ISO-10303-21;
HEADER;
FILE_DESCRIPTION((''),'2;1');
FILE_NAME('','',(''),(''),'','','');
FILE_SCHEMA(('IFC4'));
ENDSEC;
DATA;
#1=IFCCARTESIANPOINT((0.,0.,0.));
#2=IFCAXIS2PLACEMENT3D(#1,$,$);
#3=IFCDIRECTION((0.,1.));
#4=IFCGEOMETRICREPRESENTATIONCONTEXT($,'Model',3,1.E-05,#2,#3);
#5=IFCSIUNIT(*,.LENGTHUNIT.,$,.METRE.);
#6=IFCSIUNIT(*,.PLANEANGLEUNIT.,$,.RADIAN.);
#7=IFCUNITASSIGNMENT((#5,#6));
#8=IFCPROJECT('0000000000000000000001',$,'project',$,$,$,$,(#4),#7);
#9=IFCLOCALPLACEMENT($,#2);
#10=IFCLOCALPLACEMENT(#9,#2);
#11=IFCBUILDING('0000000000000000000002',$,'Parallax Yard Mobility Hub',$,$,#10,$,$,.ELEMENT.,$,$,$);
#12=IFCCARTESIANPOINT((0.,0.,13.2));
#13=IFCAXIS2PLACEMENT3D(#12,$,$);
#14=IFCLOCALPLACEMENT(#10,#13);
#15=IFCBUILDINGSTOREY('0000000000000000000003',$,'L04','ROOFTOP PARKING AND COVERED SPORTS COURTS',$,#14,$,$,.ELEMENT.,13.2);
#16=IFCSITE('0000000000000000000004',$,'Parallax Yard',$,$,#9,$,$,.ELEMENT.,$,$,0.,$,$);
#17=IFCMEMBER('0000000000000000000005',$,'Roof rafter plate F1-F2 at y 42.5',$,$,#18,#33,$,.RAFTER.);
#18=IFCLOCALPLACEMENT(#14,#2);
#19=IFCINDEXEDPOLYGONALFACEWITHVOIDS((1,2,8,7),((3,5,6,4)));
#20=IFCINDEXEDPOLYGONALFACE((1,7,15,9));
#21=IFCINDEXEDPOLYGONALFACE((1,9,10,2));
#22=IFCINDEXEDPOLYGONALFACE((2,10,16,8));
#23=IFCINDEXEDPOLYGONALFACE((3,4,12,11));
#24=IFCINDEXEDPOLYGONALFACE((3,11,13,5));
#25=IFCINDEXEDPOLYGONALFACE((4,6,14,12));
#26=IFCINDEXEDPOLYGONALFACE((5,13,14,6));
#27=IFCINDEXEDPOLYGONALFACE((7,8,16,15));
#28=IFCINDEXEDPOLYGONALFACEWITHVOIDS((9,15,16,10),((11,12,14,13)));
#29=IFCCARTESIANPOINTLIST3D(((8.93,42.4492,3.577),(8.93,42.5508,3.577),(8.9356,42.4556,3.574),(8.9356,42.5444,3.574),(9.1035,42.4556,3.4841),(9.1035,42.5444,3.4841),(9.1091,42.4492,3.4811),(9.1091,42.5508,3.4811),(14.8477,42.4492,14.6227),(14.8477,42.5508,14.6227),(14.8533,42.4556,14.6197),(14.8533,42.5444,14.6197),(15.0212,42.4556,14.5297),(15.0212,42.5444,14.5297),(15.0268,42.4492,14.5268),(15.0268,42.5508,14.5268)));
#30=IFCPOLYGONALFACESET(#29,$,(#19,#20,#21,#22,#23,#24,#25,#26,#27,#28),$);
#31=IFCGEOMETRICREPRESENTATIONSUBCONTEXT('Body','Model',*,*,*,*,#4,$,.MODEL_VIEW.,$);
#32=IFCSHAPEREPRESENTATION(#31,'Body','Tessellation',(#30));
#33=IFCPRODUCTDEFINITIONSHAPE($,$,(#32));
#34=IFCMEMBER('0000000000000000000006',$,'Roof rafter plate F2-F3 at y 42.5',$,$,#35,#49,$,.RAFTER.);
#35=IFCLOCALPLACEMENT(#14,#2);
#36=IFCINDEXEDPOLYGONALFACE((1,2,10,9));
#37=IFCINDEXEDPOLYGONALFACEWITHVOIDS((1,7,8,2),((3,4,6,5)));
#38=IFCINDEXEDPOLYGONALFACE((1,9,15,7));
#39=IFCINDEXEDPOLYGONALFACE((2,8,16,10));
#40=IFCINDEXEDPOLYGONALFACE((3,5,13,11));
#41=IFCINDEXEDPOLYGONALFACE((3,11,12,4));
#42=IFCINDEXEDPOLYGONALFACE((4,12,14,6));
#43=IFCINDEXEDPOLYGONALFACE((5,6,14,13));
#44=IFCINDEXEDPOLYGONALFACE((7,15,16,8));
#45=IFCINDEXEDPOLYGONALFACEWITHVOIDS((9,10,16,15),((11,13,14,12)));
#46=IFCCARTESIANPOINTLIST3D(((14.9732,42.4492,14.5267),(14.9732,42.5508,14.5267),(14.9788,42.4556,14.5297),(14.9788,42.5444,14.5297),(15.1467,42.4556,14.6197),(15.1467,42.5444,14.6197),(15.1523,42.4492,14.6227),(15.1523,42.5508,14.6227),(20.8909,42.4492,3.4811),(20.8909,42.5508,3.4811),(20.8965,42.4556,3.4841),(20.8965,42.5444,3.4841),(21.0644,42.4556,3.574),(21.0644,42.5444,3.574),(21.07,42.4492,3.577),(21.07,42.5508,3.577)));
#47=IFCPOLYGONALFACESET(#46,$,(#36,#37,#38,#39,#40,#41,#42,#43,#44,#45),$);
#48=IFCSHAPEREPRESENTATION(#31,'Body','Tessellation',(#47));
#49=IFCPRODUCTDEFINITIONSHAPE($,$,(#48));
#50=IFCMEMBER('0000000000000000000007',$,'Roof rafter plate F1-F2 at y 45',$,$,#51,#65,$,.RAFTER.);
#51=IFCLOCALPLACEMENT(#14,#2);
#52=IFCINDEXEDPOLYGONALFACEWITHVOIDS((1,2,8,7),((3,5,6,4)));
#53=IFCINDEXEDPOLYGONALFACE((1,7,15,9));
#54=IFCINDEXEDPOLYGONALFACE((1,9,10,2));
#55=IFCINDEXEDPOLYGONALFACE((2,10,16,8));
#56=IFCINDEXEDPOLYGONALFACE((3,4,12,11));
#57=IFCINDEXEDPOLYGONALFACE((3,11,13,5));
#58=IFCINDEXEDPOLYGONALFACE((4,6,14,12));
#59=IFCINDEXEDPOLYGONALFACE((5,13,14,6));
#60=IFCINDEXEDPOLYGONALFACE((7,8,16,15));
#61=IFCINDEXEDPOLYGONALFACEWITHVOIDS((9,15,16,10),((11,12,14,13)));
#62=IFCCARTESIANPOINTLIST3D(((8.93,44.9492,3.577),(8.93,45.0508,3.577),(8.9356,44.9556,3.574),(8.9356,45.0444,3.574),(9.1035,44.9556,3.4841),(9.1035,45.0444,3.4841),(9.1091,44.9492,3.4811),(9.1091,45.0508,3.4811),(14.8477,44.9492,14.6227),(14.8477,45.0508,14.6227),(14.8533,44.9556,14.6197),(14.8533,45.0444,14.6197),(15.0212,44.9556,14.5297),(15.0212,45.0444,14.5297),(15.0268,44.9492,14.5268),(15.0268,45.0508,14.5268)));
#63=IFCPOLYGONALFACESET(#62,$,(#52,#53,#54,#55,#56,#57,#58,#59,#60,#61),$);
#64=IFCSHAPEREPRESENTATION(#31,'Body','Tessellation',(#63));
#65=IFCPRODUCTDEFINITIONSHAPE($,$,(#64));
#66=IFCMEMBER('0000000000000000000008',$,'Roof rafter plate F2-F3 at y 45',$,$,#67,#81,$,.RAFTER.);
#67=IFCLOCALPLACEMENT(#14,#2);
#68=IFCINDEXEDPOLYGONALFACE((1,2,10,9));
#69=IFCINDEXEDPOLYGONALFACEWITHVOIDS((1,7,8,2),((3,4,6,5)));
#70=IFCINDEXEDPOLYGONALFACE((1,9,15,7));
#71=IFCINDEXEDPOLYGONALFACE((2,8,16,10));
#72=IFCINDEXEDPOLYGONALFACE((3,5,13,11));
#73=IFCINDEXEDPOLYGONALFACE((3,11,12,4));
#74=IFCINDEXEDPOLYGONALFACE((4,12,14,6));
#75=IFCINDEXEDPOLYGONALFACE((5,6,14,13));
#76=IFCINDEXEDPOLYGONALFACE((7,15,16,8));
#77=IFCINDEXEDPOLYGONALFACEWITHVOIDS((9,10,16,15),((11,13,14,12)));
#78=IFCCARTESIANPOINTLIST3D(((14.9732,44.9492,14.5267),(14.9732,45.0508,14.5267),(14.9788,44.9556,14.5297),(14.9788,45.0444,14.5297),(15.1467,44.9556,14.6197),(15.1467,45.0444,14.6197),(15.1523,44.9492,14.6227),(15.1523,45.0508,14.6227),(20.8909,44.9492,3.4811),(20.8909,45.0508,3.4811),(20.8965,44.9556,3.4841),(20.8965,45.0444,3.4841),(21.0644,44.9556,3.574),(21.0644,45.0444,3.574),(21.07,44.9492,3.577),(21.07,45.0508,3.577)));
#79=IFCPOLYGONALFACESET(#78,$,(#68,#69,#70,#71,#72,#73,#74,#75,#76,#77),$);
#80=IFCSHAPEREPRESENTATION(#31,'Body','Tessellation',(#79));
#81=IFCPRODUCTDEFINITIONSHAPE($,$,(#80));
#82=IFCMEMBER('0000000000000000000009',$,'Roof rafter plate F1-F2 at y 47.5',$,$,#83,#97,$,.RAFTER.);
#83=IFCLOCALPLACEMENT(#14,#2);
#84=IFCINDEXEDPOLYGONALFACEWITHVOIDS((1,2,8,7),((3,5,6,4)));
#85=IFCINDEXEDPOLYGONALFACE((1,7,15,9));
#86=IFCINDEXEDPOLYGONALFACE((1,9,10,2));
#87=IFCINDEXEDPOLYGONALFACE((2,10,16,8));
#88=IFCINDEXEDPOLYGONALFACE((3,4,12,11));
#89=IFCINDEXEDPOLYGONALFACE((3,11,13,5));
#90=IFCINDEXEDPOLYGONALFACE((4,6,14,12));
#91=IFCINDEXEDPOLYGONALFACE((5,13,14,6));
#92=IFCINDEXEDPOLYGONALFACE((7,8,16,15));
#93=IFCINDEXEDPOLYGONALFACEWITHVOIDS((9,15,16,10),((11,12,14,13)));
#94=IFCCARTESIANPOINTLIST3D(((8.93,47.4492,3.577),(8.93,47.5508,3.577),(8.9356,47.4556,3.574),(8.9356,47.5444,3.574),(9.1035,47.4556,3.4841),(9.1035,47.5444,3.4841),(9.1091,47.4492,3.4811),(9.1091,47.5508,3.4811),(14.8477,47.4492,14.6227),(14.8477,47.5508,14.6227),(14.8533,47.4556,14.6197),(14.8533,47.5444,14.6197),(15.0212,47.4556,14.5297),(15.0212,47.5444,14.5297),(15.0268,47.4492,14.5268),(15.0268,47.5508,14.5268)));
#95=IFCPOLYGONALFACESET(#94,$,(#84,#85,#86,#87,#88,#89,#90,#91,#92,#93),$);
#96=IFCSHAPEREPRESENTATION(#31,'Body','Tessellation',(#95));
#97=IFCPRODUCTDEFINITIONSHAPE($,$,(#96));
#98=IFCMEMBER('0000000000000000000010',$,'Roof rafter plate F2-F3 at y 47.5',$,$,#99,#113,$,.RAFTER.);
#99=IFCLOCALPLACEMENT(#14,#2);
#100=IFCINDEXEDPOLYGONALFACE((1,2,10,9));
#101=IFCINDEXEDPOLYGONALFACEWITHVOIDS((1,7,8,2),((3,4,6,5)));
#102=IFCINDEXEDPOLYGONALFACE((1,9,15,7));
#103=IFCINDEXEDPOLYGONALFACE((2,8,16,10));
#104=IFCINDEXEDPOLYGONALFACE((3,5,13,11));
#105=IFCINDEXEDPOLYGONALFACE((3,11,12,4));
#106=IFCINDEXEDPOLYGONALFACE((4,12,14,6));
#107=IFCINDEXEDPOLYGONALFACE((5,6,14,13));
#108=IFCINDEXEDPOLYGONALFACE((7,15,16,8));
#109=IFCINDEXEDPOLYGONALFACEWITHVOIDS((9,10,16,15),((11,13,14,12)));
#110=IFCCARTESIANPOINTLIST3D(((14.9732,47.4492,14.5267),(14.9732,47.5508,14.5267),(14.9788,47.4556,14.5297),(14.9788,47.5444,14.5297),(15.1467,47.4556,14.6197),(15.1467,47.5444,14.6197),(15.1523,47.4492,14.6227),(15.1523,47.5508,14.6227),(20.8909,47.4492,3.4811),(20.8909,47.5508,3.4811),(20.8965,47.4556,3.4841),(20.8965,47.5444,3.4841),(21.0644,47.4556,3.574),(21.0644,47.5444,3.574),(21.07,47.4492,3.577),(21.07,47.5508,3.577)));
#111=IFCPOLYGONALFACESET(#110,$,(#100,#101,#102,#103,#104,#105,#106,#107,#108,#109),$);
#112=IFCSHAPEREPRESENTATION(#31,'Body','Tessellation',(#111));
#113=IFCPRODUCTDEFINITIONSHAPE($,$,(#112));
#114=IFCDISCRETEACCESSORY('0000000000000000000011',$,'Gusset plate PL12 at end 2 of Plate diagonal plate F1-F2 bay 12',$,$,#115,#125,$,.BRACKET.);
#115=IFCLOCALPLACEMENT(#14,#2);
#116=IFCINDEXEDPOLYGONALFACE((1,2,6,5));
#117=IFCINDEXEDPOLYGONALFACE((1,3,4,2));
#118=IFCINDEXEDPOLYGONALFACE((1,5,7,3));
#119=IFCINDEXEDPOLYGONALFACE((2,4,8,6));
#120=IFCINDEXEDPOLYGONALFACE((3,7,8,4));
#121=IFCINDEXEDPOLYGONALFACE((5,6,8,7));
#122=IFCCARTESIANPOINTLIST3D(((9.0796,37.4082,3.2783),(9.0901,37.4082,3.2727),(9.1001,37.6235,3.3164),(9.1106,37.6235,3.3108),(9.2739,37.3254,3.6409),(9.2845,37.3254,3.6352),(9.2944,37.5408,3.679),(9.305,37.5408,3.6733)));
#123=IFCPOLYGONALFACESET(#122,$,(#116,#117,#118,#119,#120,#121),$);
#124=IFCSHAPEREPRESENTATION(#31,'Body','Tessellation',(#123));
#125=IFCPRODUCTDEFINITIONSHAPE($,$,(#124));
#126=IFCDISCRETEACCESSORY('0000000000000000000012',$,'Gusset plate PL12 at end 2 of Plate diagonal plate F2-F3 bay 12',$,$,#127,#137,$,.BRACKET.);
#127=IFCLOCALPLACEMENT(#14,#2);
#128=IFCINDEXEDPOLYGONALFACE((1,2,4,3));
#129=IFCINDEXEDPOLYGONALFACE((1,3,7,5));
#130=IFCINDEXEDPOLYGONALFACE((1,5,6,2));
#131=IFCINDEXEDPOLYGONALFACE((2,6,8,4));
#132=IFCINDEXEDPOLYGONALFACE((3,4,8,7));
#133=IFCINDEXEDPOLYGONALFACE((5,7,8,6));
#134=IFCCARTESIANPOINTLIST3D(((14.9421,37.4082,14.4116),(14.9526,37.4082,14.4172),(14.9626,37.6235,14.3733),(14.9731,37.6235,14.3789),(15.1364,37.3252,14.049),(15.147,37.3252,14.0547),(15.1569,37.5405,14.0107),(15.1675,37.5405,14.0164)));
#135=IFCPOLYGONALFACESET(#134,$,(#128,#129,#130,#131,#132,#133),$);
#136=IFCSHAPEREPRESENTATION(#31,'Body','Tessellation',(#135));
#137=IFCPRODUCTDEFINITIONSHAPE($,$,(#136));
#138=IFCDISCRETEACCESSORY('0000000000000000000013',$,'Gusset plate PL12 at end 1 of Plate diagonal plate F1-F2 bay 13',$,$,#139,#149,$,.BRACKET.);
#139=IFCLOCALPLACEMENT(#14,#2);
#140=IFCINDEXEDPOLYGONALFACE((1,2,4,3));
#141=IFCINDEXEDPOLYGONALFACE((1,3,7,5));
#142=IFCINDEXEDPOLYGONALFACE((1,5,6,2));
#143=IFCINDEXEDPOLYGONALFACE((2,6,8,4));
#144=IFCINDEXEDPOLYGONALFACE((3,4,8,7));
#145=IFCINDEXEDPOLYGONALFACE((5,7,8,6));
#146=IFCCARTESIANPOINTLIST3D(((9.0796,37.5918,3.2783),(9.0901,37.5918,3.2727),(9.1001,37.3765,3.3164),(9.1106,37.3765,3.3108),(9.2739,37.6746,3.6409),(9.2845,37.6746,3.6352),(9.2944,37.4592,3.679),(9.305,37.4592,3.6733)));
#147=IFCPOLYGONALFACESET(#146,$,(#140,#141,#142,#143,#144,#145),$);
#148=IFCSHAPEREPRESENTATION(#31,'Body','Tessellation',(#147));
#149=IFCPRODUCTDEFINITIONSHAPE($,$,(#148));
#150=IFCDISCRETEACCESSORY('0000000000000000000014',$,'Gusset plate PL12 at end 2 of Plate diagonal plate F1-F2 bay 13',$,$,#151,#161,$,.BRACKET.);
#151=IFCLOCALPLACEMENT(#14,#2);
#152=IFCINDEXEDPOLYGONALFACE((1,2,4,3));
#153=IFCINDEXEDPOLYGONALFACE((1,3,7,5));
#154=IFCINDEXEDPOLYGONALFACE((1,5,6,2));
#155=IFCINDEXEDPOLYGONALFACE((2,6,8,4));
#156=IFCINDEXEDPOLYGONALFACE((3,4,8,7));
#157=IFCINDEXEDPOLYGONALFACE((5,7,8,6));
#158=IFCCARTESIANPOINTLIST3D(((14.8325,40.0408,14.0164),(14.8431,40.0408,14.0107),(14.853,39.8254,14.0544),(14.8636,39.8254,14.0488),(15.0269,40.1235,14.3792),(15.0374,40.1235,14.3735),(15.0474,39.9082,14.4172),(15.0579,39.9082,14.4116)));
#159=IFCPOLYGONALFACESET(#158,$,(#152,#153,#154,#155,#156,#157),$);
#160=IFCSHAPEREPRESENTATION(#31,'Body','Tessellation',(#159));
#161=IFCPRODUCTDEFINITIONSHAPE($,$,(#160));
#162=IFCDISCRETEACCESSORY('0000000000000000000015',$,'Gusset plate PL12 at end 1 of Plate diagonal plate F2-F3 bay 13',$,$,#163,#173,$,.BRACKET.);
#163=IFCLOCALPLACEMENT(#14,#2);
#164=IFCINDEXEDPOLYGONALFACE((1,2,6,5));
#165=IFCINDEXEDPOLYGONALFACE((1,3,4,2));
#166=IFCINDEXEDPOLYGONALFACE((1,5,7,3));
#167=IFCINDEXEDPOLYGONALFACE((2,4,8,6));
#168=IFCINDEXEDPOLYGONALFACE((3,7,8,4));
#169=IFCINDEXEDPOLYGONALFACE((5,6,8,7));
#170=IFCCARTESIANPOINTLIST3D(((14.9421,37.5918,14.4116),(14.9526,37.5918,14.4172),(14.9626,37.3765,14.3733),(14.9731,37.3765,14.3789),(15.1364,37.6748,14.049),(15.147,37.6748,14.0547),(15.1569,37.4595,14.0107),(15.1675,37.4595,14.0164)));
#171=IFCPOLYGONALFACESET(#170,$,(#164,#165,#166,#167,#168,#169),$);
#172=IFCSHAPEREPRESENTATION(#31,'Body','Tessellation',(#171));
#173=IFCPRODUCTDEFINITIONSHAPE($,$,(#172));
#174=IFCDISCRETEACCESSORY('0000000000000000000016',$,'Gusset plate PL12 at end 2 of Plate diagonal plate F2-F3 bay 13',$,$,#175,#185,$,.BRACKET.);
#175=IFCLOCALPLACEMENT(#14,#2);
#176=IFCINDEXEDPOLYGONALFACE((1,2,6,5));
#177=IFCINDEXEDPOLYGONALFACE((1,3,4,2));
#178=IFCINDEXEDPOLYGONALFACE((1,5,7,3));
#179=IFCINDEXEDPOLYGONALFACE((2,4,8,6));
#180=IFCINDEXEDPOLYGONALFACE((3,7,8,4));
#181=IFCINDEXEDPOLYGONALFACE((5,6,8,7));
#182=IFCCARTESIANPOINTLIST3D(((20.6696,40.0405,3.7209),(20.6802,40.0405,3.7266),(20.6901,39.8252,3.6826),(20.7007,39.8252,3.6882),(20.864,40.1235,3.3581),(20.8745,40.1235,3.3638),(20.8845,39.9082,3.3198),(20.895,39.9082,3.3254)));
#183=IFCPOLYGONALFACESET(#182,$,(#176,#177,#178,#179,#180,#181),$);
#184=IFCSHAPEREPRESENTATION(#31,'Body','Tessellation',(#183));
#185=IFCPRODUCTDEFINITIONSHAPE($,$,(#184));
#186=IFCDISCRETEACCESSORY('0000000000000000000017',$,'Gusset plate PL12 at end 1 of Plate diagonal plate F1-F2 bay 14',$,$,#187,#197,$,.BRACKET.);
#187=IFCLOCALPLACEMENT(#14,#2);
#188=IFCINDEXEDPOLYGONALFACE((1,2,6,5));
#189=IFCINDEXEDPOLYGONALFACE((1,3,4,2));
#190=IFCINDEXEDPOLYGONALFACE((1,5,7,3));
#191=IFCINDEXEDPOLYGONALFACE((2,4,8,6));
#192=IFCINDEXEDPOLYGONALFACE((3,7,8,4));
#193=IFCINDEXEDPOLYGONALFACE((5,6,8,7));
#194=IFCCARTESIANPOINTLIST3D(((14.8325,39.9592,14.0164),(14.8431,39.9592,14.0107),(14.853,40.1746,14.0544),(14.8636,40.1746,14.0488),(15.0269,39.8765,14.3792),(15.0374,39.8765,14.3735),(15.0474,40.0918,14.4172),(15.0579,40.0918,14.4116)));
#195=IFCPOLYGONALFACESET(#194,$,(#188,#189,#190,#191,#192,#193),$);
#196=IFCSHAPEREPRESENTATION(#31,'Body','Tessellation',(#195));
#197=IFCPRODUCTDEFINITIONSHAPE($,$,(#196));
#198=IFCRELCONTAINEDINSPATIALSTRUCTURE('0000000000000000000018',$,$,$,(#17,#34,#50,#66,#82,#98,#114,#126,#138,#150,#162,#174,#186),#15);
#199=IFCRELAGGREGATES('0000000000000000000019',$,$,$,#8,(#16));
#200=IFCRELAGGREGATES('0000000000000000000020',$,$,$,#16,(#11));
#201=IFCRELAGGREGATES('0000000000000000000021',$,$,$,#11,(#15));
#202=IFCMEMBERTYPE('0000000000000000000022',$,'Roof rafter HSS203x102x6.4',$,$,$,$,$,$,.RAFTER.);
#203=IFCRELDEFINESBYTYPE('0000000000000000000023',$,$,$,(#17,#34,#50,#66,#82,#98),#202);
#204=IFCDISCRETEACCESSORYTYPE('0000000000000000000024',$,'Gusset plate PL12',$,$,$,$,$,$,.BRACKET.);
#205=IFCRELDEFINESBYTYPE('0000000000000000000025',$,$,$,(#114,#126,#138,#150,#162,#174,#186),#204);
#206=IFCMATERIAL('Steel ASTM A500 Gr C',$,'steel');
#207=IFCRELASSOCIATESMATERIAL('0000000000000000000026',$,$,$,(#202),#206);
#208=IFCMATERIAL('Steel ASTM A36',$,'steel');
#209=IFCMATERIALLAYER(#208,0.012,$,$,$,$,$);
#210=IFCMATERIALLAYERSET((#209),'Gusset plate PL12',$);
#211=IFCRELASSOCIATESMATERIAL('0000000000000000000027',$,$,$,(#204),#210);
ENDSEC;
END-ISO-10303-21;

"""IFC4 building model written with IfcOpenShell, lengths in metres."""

from ifc_helpers import new_model, si_unit, direction, frame, origin, origin_2d, place, context, subcontext, project, spatial, polyline, hollow_rectangle, outline, extrude, material, layer, layer_set, material_profile, profile_set, type_object, element, save


model = new_model("IFC4")

# Units and contexts
model_context = context("Model", 3, precision=1e-05, world=origin(), true_north=direction((0.0, 1.0)))
body_context = subcontext(model_context, "Body", "Model", "MODEL_VIEW")
ifc_project = project(units=[si_unit("LENGTHUNIT", "METRE"), si_unit("PLANEANGLEUNIT", "RADIAN")], contexts=[model_context])

# Site, building, storey
site_placement = place(None, origin())
site = spatial("IfcSite", under=ifc_project, at=site_placement, Name="Parallax Yard", CompositionType="ELEMENT", RefElevation=0.0)
building_placement = place(site_placement, origin())
building = spatial("IfcBuilding", under=site, at=building_placement, Name="Parallax Yard Mobility Hub", CompositionType="ELEMENT")
storey_placement = place(building_placement, frame((0.0, 0.0, 13.2)))
storey = spatial("IfcBuildingStorey", under=building, at=storey_placement, Name="L04", Description="ROOFTOP PARKING AND COVERED SPORTS COURTS", CompositionType="ELEMENT", Elevation=13.2)

# Members
ifc_material_1 = material(Name="Steel ASTM A500 Gr C", Category="steel")
ifc_material_profile_1 = material_profile(ifc_material_1, hollow_rectangle(XDim=0.1016, YDim=0.2031, WallThickness=0.0063, at=origin_2d()), Name="HSS203x102x6.4")
ifc_profile_set_1 = profile_set([ifc_material_profile_1], Name="Steel ASTM A500 Gr C")
member_type_1 = type_object("IfcMemberType", Name="Roof rafter HSS203x102x6.4", PredefinedType="RAFTER", material=ifc_profile_set_1)
for number, where, z_axis, x_axis, name in (
    (1, (9.0195, 42.5, 3.5291), (0.472247, 0.0, 0.881466), (0.0, 1.0, 0.0), "Roof rafter plate F1-F2 at y 42.5"),
    (2, (15.0627, 42.5, 14.5747), (0.472247, 0.0, -0.881466), (0.0, 1.0, 0.0), "Roof rafter plate F2-F3 at y 42.5"),
    (3, (9.0195, 45.0, 3.5291), (0.472247, 0.0, 0.881466), (0.0, 1.0, 0.0), "Roof rafter plate F1-F2 at y 45"),
    (4, (15.0627, 45.0, 14.5747), (0.472247, 0.0, -0.881466), (0.0, 1.0, 0.0), "Roof rafter plate F2-F3 at y 45"),
    (5, (9.0195, 47.5, 3.5291), (0.472247, 0.0, 0.881466), (0.0, 1.0, 0.0), "Roof rafter plate F1-F2 at y 47.5"),
    (6, (15.0627, 47.5, 14.5747), (0.472247, 0.0, -0.881466), (0.0, 1.0, 0.0), "Roof rafter plate F2-F3 at y 47.5"),
):
    element("IfcMember", number, at=place(storey_placement, frame(where, z_axis=z_axis, x_axis=x_axis)), inside=storey, type_object=member_type_1, Name=name, PredefinedType="RAFTER", context=body_context, shape_type="SweptSolid", body=[
        extrude(hollow_rectangle(XDim=0.1016, YDim=0.2031, WallThickness=0.0063, at=origin_2d()), origin(), (0.0, 0.0, 1.0), 12.531),
    ])

# Discrete accessories
ifc_material_2 = material(Name="Steel ASTM A36", Category="steel")
ifc_layer = layer(ifc_material_2, 0.012)
ifc_layer_set = layer_set([ifc_layer], Name="Gusset plate PL12")
discrete_accessory_type = type_object("IfcDiscreteAccessoryType", Name="Gusset plate PL12", PredefinedType="BRACKET", material=ifc_layer_set)
discrete_accessory_1_placement = place(storey_placement, frame((9.2944, 37.5408, 3.679), z_axis=(-0.881331, 0.000365, 0.4725), x_axis=(-0.463154, 0.197248, -0.86405)))
element("IfcDiscreteAccessory", 7, at=discrete_accessory_1_placement, inside=storey, type_object=discrete_accessory_type, Name="Gusset plate PL12 at end 2 of Plate diagonal plate F1-F2 bay 12", PredefinedType="BRACKET", context=body_context, shape_type="SweptSolid", body=[
    extrude(outline(polyline([(0.0, 0.0), (0.4196, 0.0), (0.4195, 0.2196), (-0.0001, 0.2196), (0.0, 0.0)])), origin(), (0.0, 0.0, -1.0), 0.012),
])
discrete_accessory_2_placement = place(storey_placement, frame((15.1675, 37.5405, 14.0164), z_axis=(0.88138, 0.00015, 0.472409), x_axis=(-0.463101, 0.197807, 0.86395)))
element("IfcDiscreteAccessory", 8, at=discrete_accessory_2_placement, inside=storey, type_object=discrete_accessory_type, Name="Gusset plate PL12 at end 2 of Plate diagonal plate F2-F3 bay 12", PredefinedType="BRACKET", context=body_context, shape_type="SweptSolid", body=[
    extrude(outline(polyline([(0.0, 0.0), (0.4196, 0.0), (0.4197, 0.2197), (0.0, 0.2197), (0.0, 0.0)])), origin(), (0.0, 0.0, -1.0), 0.012),
])
discrete_accessory_3_placement = place(storey_placement, frame((9.2739, 37.6746, 3.6409), z_axis=(-0.881331, -0.000365, 0.4725), x_axis=(-0.463154, -0.197248, -0.86405)))
element("IfcDiscreteAccessory", 9, at=discrete_accessory_3_placement, inside=storey, type_object=discrete_accessory_type, Name="Gusset plate PL12 at end 1 of Plate diagonal plate F1-F2 bay 13", PredefinedType="BRACKET", context=body_context, shape_type="SweptSolid", body=[
    extrude(outline(polyline([(0.0, 0.0), (0.4196, 0.0), (0.4197, 0.2196), (0.0001, 0.2196), (0.0, 0.0)])), origin(), (0.0, 0.0, -1.0), 0.012),
])
discrete_accessory_4_placement = place(storey_placement, frame((14.853, 39.8254, 14.0544), z_axis=(-0.881458, -0.000419, 0.472263), x_axis=(0.462921, 0.197149, 0.864197)))
element("IfcDiscreteAccessory", 10, at=discrete_accessory_4_placement, inside=storey, type_object=discrete_accessory_type, Name="Gusset plate PL12 at end 2 of Plate diagonal plate F1-F2 bay 13", PredefinedType="BRACKET", context=body_context, shape_type="SweptSolid", body=[
    extrude(outline(polyline([(0.0, 0.0), (0.4198, 0.0), (0.4198, 0.2196), (0.0, 0.2196), (0.0, 0.0)])), origin(), (0.0, 0.0, -1.0), 0.012),
])
discrete_accessory_5_placement = place(storey_placement, frame((15.147, 37.6748, 14.0547), z_axis=(0.88138, -0.00015, 0.472409), x_axis=(-0.463101, -0.197807, 0.86395)))
element("IfcDiscreteAccessory", 11, at=discrete_accessory_5_placement, inside=storey, type_object=discrete_accessory_type, Name="Gusset plate PL12 at end 1 of Plate diagonal plate F2-F3 bay 13", PredefinedType="BRACKET", context=body_context, shape_type="SweptSolid", body=[
    extrude(outline(polyline([(0.0, 0.0), (0.4196, 0.0), (0.4196, 0.2197), (0.0, 0.2197), (0.0, 0.0)])), origin(), (0.0, 0.0, -1.0), 0.012),
])
discrete_accessory_6_placement = place(storey_placement, frame((20.7007, 39.8252, 3.6882), z_axis=(0.881507, -0.000096, 0.472171), x_axis=(0.462868, 0.197707, -0.864098)))
element("IfcDiscreteAccessory", 12, at=discrete_accessory_6_placement, inside=storey, type_object=discrete_accessory_type, Name="Gusset plate PL12 at end 2 of Plate diagonal plate F2-F3 bay 13", PredefinedType="BRACKET", context=body_context, shape_type="SweptSolid", body=[
    extrude(outline(polyline([(0.0, 0.0), (0.4199, 0.0), (0.4198, 0.2197), (0.0, 0.2197), (0.0, 0.0)])), origin(), (0.0, 0.0, -1.0), 0.012),
])
discrete_accessory_7_placement = place(storey_placement, frame((14.8325, 39.9592, 14.0164), z_axis=(-0.881458, 0.000419, 0.472263), x_axis=(0.462921, -0.197149, 0.864197)))
element("IfcDiscreteAccessory", 13, at=discrete_accessory_7_placement, inside=storey, type_object=discrete_accessory_type, Name="Gusset plate PL12 at end 1 of Plate diagonal plate F1-F2 bay 14", PredefinedType="BRACKET", context=body_context, shape_type="SweptSolid", body=[
    extrude(outline(polyline([(0.0, 0.0), (0.4198, 0.0), (0.4198, 0.2196), (0.0, 0.2196), (0.0, 0.0)])), origin(), (0.0, 0.0, -1.0), 0.012),
])

save(model, "model.ifc")
